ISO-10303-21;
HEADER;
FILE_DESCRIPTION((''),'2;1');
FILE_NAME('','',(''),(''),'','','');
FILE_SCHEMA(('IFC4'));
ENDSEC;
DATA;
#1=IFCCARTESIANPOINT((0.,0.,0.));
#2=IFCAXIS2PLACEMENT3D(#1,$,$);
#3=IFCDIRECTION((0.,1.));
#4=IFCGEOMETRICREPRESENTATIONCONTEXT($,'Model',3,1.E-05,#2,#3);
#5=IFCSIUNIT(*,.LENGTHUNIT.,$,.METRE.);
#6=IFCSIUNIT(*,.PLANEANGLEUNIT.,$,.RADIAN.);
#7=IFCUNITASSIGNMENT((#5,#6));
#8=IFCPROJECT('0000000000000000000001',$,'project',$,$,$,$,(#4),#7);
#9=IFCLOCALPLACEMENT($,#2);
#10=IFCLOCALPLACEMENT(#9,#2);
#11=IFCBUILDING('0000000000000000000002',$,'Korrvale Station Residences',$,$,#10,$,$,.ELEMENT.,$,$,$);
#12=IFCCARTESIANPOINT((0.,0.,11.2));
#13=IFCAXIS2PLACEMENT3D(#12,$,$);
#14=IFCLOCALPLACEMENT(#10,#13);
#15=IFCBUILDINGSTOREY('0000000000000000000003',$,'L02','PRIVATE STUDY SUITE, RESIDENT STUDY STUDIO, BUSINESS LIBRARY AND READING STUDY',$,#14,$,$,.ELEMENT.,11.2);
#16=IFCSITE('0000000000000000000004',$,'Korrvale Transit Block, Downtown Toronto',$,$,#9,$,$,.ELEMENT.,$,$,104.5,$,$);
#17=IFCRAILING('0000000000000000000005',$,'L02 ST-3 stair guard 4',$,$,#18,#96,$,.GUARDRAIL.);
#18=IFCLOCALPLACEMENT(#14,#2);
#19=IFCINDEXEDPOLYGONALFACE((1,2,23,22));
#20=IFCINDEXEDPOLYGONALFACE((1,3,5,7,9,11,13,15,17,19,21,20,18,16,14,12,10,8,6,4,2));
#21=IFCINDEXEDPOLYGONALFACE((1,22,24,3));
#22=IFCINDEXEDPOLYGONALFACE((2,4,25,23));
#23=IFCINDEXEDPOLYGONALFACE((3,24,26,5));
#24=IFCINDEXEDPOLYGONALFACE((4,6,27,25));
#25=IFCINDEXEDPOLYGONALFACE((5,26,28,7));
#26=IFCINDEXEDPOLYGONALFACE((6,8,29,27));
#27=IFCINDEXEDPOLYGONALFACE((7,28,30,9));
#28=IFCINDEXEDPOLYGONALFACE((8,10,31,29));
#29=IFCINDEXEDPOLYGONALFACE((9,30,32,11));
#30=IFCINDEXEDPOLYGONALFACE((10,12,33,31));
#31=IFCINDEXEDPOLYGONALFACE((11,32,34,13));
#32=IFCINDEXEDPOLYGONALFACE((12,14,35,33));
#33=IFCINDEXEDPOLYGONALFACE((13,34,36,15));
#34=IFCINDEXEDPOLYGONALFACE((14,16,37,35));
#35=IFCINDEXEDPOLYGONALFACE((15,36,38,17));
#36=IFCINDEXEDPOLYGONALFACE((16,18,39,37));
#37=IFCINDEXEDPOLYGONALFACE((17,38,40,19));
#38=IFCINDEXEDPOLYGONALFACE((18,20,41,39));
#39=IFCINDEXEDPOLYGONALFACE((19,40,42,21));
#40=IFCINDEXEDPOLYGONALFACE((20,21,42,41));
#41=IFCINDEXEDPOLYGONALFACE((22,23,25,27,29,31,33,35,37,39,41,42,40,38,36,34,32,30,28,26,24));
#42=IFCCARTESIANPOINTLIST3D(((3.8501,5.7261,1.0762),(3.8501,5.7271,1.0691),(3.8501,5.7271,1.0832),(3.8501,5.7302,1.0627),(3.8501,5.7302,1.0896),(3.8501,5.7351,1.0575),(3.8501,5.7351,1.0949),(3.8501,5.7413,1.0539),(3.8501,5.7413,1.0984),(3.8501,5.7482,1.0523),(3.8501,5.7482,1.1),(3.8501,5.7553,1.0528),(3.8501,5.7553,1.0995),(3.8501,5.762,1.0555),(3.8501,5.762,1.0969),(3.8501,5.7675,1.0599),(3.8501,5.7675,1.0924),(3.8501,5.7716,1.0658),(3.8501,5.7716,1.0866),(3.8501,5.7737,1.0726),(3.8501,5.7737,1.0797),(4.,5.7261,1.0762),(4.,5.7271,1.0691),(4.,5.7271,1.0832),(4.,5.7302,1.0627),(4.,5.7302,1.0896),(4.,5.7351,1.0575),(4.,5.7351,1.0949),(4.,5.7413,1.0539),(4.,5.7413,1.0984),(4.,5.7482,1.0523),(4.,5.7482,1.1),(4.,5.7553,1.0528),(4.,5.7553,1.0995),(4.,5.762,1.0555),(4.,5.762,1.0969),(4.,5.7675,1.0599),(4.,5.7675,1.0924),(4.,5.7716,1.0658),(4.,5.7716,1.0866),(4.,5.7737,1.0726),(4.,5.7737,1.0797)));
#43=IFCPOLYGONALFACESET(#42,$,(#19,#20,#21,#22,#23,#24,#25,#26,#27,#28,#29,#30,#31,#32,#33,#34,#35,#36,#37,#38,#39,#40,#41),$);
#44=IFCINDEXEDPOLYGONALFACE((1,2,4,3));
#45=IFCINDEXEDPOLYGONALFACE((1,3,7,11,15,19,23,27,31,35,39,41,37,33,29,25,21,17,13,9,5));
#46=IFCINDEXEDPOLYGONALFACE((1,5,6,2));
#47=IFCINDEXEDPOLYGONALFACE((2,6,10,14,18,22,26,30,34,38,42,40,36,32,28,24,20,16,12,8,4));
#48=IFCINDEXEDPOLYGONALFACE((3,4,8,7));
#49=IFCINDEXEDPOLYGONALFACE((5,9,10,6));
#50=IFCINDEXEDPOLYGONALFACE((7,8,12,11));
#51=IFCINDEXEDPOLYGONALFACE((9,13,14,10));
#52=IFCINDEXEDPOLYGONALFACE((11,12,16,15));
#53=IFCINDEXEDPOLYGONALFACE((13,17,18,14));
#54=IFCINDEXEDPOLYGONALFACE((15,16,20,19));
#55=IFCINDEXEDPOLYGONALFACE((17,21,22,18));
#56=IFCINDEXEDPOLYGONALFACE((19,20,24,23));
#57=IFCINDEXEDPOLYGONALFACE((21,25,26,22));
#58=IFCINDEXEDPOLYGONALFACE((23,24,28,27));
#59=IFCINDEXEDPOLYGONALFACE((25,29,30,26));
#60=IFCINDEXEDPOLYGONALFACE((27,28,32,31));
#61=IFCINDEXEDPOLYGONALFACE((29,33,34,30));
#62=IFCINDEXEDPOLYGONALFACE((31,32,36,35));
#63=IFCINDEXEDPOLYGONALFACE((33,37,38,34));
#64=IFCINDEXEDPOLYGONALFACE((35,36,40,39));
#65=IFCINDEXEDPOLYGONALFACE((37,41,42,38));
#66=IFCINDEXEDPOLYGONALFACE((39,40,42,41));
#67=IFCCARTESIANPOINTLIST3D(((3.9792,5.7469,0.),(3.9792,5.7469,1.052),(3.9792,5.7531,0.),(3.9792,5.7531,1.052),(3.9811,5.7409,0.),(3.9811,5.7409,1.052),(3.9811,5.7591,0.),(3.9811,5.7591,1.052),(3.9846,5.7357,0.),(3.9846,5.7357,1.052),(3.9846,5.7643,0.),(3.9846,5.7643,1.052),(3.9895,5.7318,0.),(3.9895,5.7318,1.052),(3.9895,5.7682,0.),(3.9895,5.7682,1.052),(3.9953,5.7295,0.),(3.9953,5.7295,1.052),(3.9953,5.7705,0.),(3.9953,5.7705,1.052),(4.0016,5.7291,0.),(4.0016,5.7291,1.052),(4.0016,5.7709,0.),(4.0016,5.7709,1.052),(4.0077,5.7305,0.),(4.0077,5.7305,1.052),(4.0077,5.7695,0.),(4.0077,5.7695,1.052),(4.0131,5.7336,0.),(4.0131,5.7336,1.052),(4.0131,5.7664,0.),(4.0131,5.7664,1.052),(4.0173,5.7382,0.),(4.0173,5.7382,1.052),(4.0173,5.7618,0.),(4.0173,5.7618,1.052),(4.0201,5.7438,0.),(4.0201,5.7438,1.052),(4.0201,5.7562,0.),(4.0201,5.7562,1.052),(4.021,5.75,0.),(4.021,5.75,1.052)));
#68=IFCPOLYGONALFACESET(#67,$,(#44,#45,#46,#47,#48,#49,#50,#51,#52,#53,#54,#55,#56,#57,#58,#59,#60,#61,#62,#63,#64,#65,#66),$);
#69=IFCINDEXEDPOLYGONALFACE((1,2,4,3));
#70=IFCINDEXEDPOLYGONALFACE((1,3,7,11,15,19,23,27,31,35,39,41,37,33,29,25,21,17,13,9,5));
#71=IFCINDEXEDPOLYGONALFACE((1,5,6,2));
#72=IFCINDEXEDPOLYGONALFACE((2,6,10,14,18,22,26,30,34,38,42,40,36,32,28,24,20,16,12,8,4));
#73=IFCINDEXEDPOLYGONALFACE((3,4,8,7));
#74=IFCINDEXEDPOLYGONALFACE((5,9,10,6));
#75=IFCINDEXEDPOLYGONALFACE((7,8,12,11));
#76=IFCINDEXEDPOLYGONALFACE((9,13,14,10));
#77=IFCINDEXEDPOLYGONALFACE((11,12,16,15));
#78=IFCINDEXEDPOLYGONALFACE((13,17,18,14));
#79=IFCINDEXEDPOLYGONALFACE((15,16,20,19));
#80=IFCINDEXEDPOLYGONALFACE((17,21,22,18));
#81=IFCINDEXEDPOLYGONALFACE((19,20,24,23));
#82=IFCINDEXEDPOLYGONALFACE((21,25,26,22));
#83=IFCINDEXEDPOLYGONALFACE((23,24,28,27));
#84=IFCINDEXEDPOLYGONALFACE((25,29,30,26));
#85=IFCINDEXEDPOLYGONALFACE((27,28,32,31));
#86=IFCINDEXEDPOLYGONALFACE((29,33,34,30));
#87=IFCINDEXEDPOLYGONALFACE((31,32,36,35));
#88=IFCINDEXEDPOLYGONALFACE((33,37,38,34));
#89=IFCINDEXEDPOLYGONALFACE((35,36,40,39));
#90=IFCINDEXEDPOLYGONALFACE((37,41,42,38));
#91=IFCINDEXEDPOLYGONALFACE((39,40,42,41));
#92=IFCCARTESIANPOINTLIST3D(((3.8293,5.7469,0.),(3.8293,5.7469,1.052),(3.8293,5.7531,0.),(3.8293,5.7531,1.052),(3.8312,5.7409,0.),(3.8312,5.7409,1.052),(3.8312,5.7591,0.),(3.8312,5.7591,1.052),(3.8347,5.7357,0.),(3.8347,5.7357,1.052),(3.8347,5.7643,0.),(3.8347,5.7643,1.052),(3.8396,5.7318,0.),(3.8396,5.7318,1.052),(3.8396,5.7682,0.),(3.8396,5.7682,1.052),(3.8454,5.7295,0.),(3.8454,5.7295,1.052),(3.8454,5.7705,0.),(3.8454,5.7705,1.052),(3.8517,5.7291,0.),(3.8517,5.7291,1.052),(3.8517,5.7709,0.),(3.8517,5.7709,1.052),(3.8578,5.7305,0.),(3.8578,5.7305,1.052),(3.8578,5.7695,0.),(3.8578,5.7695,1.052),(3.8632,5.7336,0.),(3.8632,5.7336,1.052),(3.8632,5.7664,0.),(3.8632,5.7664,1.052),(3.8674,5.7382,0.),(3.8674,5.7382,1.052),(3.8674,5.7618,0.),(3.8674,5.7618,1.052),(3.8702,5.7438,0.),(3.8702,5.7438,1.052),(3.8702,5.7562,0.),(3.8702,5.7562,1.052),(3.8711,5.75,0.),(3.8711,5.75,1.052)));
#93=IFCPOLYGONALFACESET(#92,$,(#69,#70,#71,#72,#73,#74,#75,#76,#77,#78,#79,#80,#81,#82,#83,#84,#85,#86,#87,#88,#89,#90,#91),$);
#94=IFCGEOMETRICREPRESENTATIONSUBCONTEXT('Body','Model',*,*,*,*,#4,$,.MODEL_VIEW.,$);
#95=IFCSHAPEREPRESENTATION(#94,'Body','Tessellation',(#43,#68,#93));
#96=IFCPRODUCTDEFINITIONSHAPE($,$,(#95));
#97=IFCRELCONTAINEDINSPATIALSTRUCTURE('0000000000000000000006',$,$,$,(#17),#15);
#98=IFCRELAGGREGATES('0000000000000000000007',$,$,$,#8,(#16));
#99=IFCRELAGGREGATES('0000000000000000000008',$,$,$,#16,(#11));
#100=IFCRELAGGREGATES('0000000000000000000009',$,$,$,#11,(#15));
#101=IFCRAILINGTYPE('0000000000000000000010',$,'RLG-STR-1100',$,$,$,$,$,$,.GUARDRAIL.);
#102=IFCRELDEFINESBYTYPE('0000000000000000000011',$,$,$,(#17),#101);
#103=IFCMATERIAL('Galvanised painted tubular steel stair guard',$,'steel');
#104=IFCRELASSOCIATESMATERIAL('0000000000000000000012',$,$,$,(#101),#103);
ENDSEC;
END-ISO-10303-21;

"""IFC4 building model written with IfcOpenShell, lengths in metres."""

from ifc_helpers import new_model, si_unit, direction, frame, origin, origin_2d, place, context, subcontext, project, spatial, circle, extrude, material, type_object, element, save


model = new_model("IFC4")

# Units and contexts
model_context = context("Model", 3, precision=1e-05, world=origin(), true_north=direction((0.0, 1.0)))
body_context = subcontext(model_context, "Body", "Model", "MODEL_VIEW")
ifc_project = project(units=[si_unit("LENGTHUNIT", "METRE"), si_unit("PLANEANGLEUNIT", "RADIAN")], contexts=[model_context])

# Site, building, storey
site_placement = place(None, origin())
site = spatial("IfcSite", under=ifc_project, at=site_placement, Name="Korrvale Transit Block, Downtown Toronto", CompositionType="ELEMENT", RefElevation=104.5)
building_placement = place(site_placement, origin())
building = spatial("IfcBuilding", under=site, at=building_placement, Name="Korrvale Station Residences", CompositionType="ELEMENT")
storey_placement = place(building_placement, frame((0.0, 0.0, 11.2)))
storey = spatial("IfcBuildingStorey", under=building, at=storey_placement, Name="L02", Description="PRIVATE STUDY SUITE, RESIDENT STUDY STUDIO, BUSINESS LIBRARY AND READING STUDY", CompositionType="ELEMENT", Elevation=11.2)

# Railing
ifc_material_1 = material(Name="Galvanised painted tubular steel stair guard", Category="steel")
railing_type = type_object("IfcRailingType", Name="RLG-STR-1100", PredefinedType="GUARDRAIL", material=ifc_material_1)
railing_1_placement = place(storey_placement, frame((4.0, 5.75, 0.0)))
element("IfcRailing", 1, at=railing_1_placement, inside=storey, type_object=railing_type, Name="L02 ST-3 stair guard 4", PredefinedType="GUARDRAIL", context=body_context, shape_type="SweptSolid", body=[
    extrude(circle(Radius=0.0239, at=origin_2d()), frame((0.0, 0.0, 1.0762), z_axis=(-1.0, 0.0, 0.0), x_axis=(0.0, -1.0, 0.0)), (0.0, 0.0, 1.0), 0.1499),
    extrude(circle(Radius=0.021, at=origin_2d()), origin(), (0.0, 0.0, 1.0), 1.052),
    extrude(circle(Radius=0.021, at=origin_2d()), frame((-0.1499, 0.0, 0.0)), (0.0, 0.0, 1.0), 1.052),
])

save(model, "model.ifc")
